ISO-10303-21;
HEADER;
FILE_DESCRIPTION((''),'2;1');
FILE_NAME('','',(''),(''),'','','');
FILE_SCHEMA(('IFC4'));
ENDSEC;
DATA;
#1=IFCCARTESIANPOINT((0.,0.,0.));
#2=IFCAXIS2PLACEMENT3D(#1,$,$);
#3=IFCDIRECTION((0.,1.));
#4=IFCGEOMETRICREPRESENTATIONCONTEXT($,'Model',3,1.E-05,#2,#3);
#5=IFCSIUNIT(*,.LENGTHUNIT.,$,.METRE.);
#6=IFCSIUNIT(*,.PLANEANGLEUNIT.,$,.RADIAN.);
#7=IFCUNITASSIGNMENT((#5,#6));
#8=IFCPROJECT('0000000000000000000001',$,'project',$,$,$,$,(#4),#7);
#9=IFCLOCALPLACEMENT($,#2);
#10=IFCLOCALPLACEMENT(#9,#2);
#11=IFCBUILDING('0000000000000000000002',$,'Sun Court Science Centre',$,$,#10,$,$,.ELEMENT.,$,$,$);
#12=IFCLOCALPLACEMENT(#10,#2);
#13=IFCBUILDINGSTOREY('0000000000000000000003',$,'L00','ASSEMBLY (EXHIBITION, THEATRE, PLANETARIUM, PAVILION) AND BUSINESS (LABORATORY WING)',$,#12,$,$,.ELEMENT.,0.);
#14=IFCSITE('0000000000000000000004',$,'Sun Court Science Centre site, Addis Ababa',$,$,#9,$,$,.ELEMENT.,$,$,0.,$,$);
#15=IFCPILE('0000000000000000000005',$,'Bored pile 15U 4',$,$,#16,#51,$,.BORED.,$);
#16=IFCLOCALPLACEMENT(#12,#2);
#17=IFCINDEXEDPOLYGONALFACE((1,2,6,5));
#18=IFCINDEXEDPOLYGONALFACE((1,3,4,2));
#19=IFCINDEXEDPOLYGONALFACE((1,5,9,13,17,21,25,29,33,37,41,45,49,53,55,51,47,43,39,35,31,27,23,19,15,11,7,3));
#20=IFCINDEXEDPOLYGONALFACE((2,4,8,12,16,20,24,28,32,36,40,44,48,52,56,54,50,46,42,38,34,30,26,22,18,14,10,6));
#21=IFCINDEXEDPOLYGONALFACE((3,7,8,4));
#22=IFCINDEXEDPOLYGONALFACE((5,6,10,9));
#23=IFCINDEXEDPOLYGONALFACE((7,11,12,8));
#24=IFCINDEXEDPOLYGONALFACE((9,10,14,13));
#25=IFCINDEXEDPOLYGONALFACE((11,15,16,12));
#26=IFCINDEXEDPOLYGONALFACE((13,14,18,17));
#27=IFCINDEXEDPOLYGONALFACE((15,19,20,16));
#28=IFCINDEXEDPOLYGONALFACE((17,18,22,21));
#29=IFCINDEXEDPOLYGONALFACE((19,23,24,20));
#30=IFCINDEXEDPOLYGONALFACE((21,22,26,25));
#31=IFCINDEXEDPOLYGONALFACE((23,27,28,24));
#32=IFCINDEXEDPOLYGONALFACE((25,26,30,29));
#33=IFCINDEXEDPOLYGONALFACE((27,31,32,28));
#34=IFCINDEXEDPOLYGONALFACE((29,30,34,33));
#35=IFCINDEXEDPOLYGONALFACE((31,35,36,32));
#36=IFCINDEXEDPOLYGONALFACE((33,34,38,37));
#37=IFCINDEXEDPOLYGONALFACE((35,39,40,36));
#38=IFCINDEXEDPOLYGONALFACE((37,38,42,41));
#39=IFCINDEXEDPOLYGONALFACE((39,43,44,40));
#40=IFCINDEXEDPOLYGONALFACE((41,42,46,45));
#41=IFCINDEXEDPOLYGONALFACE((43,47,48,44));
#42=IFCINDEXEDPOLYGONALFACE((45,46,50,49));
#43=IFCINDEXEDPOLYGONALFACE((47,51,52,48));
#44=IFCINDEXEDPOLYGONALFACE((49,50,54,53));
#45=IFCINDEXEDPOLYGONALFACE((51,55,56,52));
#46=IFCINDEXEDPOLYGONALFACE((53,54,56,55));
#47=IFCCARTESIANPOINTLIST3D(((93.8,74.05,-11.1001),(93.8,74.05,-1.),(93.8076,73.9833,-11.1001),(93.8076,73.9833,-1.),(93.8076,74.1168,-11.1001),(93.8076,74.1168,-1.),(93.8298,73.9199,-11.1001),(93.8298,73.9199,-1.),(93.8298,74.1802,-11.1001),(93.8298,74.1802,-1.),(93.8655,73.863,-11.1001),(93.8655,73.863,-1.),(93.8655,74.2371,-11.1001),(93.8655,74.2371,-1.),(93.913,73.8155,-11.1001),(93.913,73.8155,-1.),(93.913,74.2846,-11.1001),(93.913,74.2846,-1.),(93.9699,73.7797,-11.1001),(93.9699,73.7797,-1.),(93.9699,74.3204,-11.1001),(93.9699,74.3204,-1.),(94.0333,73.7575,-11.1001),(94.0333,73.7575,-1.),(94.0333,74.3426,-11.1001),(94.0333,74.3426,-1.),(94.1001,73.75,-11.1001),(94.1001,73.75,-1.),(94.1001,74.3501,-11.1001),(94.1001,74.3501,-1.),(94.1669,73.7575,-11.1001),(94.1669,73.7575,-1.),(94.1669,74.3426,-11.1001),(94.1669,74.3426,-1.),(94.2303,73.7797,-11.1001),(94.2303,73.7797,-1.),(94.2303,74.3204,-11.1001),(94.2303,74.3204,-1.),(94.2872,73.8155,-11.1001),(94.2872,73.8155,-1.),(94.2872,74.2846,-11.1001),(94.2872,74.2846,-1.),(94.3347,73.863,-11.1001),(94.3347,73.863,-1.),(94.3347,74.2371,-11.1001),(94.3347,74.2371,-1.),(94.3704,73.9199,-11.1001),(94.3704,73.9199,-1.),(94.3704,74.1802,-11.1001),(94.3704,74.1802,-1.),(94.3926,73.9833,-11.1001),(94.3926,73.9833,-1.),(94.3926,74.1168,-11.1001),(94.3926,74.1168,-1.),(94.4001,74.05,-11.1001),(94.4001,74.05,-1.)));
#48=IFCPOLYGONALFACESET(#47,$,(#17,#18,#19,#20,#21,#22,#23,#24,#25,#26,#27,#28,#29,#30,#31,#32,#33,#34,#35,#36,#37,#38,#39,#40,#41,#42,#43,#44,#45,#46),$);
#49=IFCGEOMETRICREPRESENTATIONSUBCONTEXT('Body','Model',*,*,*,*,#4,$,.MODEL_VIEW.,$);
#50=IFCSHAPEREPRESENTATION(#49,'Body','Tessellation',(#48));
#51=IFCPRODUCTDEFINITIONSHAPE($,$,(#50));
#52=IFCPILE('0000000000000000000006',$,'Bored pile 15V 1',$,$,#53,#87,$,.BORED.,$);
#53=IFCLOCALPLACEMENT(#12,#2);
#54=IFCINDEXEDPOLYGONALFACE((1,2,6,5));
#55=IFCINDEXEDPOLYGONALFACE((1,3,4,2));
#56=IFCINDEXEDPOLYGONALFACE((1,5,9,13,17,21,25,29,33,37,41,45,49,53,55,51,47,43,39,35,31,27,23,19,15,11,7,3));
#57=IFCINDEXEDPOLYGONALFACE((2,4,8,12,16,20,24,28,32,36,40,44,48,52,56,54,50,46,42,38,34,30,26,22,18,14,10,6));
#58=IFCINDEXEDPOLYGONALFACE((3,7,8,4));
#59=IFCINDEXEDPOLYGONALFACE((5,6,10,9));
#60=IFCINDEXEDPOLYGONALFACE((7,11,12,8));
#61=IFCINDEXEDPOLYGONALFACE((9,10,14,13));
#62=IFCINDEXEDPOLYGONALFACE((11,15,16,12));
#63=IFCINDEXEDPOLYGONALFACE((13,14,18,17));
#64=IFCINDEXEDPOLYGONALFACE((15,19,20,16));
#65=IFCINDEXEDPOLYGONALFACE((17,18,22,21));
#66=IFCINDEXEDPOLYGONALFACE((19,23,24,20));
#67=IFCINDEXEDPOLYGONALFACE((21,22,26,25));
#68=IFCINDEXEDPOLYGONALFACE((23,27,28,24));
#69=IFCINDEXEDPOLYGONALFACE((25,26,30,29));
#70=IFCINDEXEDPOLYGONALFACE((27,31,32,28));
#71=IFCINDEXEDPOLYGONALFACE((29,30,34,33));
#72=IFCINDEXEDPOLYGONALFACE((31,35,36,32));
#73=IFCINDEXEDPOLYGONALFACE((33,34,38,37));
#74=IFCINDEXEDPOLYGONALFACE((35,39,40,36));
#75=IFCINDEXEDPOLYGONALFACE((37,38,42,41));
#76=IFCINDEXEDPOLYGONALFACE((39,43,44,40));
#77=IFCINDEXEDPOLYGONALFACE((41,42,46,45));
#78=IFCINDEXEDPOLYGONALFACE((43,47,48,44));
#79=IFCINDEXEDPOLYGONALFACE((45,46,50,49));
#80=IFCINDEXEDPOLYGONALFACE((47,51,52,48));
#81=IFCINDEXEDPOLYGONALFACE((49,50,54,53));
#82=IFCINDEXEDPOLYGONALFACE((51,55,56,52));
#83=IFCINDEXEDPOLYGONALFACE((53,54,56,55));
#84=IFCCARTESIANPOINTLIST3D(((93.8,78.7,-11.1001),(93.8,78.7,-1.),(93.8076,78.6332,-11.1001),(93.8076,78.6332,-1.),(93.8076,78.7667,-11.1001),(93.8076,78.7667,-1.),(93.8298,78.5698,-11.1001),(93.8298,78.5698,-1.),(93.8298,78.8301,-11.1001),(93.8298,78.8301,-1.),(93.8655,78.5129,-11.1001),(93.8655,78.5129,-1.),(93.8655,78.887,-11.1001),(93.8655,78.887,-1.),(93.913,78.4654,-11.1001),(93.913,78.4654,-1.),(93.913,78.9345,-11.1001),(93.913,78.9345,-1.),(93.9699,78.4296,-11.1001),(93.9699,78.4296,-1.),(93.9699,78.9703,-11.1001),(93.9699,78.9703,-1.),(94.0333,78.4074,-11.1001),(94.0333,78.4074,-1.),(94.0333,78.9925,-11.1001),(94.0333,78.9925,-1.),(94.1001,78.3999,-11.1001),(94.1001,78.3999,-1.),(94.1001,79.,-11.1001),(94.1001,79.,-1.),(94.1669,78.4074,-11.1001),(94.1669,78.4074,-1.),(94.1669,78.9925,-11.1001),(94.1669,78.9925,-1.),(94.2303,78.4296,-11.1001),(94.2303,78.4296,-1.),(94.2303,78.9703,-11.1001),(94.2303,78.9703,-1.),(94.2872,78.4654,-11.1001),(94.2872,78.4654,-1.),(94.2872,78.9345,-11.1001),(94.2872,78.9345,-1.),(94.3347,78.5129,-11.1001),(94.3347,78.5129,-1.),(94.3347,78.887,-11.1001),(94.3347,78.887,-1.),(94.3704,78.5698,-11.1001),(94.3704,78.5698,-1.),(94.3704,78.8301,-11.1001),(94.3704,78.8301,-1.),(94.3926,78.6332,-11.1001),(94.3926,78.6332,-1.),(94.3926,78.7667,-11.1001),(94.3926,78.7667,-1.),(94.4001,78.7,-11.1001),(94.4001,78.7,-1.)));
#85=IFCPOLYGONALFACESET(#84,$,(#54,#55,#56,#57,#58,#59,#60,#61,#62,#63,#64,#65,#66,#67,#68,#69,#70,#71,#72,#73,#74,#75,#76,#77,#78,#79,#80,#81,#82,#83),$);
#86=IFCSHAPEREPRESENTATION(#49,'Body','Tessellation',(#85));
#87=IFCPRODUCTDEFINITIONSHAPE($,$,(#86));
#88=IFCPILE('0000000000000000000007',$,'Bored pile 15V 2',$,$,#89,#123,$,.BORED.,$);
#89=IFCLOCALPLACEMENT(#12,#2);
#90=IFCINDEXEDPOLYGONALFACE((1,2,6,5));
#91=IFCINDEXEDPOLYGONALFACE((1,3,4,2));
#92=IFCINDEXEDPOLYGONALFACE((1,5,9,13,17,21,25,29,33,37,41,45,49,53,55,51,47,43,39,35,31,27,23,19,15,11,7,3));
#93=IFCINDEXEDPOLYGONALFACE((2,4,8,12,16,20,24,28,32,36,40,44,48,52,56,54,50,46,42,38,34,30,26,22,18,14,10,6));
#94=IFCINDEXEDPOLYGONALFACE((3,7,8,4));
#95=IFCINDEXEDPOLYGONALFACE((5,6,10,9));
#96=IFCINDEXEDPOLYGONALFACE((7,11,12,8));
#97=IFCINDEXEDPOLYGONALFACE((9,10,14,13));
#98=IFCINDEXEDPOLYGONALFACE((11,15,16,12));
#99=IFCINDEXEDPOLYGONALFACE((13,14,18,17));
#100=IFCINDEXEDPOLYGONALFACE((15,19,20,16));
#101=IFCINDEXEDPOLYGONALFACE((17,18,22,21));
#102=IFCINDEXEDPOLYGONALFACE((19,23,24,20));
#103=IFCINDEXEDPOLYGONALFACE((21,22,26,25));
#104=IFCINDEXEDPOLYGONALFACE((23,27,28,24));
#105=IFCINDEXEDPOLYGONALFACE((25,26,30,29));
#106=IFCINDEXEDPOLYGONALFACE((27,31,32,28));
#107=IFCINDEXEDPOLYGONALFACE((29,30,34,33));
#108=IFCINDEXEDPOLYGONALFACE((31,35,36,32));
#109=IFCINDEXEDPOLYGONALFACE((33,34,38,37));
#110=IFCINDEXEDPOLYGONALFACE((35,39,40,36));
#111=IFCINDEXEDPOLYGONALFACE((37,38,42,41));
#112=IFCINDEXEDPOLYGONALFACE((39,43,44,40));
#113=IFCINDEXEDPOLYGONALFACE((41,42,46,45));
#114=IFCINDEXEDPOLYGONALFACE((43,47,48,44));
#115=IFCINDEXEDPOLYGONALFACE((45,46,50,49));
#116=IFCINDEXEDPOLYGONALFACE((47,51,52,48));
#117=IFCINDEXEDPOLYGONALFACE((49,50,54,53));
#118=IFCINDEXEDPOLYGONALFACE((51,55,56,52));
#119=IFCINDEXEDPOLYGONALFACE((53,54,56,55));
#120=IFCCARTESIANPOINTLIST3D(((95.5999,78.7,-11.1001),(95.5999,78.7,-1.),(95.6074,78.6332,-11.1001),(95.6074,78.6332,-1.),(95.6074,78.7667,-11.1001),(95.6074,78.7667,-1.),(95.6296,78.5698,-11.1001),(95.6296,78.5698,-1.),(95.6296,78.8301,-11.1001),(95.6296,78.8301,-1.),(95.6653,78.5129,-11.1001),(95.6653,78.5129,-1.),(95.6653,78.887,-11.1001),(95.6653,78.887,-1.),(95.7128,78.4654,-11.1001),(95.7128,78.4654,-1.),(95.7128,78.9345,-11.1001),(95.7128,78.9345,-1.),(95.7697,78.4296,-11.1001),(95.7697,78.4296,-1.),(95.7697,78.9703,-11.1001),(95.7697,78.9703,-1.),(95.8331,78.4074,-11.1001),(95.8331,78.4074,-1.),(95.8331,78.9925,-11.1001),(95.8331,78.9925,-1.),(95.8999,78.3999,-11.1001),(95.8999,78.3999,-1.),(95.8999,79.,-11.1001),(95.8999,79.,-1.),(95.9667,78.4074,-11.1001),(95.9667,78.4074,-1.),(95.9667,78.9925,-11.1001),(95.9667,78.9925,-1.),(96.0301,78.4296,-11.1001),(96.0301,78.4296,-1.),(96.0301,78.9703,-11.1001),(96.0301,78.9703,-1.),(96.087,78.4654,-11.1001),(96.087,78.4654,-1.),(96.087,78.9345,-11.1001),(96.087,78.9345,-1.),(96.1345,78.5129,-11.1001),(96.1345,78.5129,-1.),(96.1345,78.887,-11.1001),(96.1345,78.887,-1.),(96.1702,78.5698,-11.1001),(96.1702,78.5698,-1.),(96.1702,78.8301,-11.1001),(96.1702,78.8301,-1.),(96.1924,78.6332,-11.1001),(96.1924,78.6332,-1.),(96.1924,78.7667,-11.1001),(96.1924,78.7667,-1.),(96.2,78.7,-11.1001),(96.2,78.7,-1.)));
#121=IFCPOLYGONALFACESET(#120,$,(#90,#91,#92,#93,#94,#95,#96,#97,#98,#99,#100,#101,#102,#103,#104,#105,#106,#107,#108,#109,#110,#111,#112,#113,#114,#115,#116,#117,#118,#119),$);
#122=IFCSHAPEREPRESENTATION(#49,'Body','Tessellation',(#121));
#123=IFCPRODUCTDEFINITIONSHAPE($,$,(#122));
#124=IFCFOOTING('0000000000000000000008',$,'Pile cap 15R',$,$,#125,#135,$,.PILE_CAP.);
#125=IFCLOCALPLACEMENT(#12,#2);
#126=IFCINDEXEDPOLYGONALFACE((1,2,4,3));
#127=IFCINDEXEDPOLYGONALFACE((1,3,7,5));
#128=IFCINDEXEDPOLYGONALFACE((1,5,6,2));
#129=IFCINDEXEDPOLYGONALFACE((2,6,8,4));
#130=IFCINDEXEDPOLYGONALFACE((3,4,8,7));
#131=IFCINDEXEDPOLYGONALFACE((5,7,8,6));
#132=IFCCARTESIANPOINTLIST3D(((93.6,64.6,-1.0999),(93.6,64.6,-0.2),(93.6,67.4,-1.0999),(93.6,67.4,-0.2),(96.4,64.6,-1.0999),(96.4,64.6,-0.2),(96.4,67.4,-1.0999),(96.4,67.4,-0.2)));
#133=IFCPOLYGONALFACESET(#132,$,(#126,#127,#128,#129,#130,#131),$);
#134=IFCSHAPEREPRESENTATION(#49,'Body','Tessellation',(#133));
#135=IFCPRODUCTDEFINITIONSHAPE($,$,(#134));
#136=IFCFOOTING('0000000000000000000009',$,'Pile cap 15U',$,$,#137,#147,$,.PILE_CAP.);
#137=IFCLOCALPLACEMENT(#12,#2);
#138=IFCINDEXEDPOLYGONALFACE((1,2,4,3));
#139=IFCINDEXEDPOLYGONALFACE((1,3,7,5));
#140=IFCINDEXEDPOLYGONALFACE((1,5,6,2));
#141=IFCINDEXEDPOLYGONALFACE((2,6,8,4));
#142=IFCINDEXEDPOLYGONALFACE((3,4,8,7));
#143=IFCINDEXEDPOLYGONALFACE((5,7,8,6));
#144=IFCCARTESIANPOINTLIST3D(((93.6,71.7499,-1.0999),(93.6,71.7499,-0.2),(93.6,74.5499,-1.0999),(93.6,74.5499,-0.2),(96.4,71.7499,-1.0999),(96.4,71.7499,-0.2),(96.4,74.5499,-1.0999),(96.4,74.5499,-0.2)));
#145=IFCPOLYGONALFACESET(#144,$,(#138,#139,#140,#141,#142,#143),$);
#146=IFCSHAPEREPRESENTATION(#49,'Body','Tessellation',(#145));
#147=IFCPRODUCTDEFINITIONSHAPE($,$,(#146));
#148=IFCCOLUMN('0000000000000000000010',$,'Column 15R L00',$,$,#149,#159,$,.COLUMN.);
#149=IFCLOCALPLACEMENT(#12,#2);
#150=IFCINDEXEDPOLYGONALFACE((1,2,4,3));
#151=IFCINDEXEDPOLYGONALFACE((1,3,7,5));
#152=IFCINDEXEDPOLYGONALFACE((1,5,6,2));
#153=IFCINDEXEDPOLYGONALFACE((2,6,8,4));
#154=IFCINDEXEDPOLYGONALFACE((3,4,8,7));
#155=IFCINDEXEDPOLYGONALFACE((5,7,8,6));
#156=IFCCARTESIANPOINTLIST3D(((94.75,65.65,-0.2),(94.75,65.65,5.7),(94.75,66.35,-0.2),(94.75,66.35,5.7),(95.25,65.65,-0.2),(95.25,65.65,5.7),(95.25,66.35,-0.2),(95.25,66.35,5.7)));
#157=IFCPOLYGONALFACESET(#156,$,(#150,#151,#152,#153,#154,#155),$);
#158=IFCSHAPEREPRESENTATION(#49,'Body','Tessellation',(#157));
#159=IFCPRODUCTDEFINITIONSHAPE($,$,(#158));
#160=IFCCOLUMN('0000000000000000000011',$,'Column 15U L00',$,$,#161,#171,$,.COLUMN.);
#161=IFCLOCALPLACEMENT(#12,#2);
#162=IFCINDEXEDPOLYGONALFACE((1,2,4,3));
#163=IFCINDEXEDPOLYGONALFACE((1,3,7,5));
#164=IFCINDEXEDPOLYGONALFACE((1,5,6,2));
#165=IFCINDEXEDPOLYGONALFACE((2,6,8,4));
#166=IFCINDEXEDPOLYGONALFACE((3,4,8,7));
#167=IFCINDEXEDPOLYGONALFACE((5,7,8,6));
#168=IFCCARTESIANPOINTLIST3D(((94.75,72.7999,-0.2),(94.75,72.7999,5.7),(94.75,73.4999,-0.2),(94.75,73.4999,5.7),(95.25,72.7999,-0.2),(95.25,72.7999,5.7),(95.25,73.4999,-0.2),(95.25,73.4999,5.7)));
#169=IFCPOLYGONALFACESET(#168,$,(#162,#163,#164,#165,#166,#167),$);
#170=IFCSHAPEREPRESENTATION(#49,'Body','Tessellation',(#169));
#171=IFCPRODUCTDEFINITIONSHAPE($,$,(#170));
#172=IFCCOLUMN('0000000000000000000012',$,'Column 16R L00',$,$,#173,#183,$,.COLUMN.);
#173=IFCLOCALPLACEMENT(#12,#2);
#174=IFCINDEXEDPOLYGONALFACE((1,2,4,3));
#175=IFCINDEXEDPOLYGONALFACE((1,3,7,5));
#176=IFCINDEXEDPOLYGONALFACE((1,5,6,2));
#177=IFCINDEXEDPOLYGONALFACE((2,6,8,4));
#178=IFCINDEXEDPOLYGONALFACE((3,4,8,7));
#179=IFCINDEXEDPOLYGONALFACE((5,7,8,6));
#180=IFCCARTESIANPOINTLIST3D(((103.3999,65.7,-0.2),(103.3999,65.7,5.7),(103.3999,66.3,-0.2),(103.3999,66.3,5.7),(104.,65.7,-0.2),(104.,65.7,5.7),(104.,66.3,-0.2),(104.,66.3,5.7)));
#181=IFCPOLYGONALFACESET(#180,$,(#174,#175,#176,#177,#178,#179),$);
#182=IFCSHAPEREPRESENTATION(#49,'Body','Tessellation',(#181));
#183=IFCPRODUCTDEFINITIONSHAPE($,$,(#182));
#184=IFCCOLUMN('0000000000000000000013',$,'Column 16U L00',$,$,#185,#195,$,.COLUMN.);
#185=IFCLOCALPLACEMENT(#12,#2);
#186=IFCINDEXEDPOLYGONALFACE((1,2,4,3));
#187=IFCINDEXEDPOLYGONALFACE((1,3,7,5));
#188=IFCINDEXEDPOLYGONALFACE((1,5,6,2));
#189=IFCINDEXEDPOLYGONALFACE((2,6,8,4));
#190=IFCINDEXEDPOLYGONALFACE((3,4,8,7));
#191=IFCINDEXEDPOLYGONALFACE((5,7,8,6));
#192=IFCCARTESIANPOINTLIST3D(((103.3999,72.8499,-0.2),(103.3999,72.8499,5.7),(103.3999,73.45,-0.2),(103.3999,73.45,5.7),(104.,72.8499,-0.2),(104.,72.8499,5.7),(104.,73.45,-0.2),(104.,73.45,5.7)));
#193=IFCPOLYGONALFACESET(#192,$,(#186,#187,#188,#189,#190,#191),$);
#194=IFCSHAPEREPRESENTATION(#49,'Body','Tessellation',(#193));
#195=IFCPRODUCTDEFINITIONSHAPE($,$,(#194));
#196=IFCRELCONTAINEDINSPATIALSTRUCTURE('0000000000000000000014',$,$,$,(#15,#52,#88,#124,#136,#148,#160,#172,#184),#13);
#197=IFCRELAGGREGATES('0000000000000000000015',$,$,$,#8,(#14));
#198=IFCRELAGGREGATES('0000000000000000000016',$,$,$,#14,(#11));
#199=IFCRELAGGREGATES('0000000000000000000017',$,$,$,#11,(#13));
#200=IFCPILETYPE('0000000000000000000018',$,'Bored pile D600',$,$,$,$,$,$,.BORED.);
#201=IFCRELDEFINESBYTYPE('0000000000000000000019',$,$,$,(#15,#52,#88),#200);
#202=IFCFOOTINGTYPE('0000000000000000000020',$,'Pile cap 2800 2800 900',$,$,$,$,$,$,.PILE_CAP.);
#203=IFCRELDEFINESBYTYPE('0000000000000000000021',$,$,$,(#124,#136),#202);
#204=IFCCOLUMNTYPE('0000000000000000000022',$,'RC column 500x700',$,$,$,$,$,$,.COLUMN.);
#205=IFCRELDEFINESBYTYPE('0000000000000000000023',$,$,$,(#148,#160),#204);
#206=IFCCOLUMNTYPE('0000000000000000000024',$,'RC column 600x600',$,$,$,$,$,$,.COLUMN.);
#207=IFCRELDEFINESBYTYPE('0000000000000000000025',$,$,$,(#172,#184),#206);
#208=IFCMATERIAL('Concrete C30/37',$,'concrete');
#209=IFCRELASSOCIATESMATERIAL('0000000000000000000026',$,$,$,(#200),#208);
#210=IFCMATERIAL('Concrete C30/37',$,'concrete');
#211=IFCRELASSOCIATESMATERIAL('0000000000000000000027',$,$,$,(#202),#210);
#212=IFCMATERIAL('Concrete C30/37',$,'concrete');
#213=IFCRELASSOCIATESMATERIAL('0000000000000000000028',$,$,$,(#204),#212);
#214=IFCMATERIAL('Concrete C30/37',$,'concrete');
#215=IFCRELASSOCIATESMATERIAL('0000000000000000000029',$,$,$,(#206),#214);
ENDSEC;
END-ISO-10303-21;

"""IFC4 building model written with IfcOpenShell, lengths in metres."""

from ifc_helpers import new_model, si_unit, direction, frame, origin, origin_2d, place, context, subcontext, project, spatial, rectangle, circle, extrude, material, material_profile, profile_set, type_object, element, save


model = new_model("IFC4")

# Units and contexts
model_context = context("Model", 3, precision=1e-05, world=origin(), true_north=direction((0.0, 1.0)))
body_context = subcontext(model_context, "Body", "Model", "MODEL_VIEW")
ifc_project = project(units=[si_unit("LENGTHUNIT", "METRE"), si_unit("PLANEANGLEUNIT", "RADIAN")], contexts=[model_context])

# Site, building, storey
site_placement = place(None, origin())
site = spatial("IfcSite", under=ifc_project, at=site_placement, Name="Sun Court Science Centre site, Addis Ababa", CompositionType="ELEMENT", RefElevation=0.0)
building_placement = place(site_placement, origin())
building = spatial("IfcBuilding", under=site, at=building_placement, Name="Sun Court Science Centre", CompositionType="ELEMENT")
storey_placement = place(building_placement, origin())
storey = spatial("IfcBuildingStorey", under=building, at=storey_placement, Name="L00", Description="ASSEMBLY (EXHIBITION, THEATRE, PLANETARIUM, PAVILION) AND BUSINESS (LABORATORY WING)", CompositionType="ELEMENT", Elevation=0.0)

# Piles
ifc_material_1 = material(Name="Concrete C30/37", Category="concrete")
ifc_material_profile_1 = material_profile(ifc_material_1, circle(Radius=0.3, at=origin_2d()), Name="RC D600")
ifc_profile_set_1 = profile_set([ifc_material_profile_1], Name="Concrete C30/37")
pile_type = type_object("IfcPileType", Name="Bored pile D600", PredefinedType="BORED", material=ifc_profile_set_1)
for number, where, z_axis, x_axis, name in (
    (1, (94.1001, 74.05, -1.0), (0.0, 0.0, -1.0), (1.0, 0.0, 0.0), "Bored pile 15U 4"),
    (2, (94.1001, 78.7, -1.0), (0.0, 0.0, -1.0), (1.0, 0.0, 0.0), "Bored pile 15V 1"),
    (3, (95.8999, 78.7, -1.0), (0.0, 0.0, -1.0), (1.0, 0.0, 0.0), "Bored pile 15V 2"),
):
    element("IfcPile", number, at=place(storey_placement, frame(where, z_axis=z_axis, x_axis=x_axis)), inside=storey, type_object=pile_type, Name=name, PredefinedType="BORED", context=body_context, shape_type="SweptSolid", body=[
        extrude(circle(Radius=0.3, at=origin_2d()), origin(), (0.0, 0.0, 1.0), 10.1001),
    ])

# Footings
ifc_material_2 = material(Name="Concrete C30/37", Category="concrete")
footing_type = type_object("IfcFootingType", Name="Pile cap 2800 2800 900", PredefinedType="PILE_CAP", material=ifc_material_2)
for number, where, z_axis, x_axis, name in (
    (4, (95.0, 66.0, -1.0999), (0.0, 0.0, 1.0), (1.0, 0.0, 0.0), "Pile cap 15R"),
    (5, (95.0, 73.1499, -1.0999), (0.0, 0.0, 1.0), (1.0, 0.0, 0.0), "Pile cap 15U"),
):
    element("IfcFooting", number, at=place(storey_placement, frame(where, z_axis=z_axis, x_axis=x_axis)), inside=storey, type_object=footing_type, Name=name, PredefinedType="PILE_CAP", context=body_context, shape_type="SweptSolid", body=[
        extrude(rectangle(XDim=2.8, YDim=2.8, at=origin_2d()), origin(), (0.0, 0.0, 1.0), 0.8999),
    ])

# Columns
ifc_material_3 = material(Name="Concrete C30/37", Category="concrete")
ifc_material_profile_2 = material_profile(ifc_material_3, rectangle(XDim=0.5, YDim=0.7, at=origin_2d()), Name="RC 500x700")
ifc_profile_set_2 = profile_set([ifc_material_profile_2], Name="Concrete C30/37")
column_type_1 = type_object("IfcColumnType", Name="RC column 500x700", PredefinedType="COLUMN", material=ifc_profile_set_2)
for number, where, z_axis, x_axis, name in (
    (6, (95.0, 66.0, -0.2), (0.0, 0.0, 1.0), (1.0, 0.0, 0.0), "Column 15R L00"),
    (7, (95.0, 73.1499, -0.2), (0.0, 0.0, 1.0), (1.0, 0.0, 0.0), "Column 15U L00"),
):
    element("IfcColumn", number, at=place(storey_placement, frame(where, z_axis=z_axis, x_axis=x_axis)), inside=storey, type_object=column_type_1, Name=name, PredefinedType="COLUMN", context=body_context, shape_type="SweptSolid", body=[
        extrude(rectangle(XDim=0.5, YDim=0.7, at=origin_2d()), origin(), (0.0, 0.0, 1.0), 5.8999),
    ])
ifc_material_4 = material(Name="Concrete C30/37", Category="concrete")
ifc_material_profile_3 = material_profile(ifc_material_4, rectangle(XDim=0.6001, YDim=0.6001, at=origin_2d()), Name="RC 600x600")
ifc_profile_set_3 = profile_set([ifc_material_profile_3], Name="Concrete C30/37")
column_type_2 = type_object("IfcColumnType", Name="RC column 600x600", PredefinedType="COLUMN", material=ifc_profile_set_3)
for number, where, z_axis, x_axis, name in (
    (8, (103.7, 66.0, -0.2), (0.0, 0.0, 1.0), (1.0, 0.0, 0.0), "Column 16R L00"),
    (9, (103.7, 73.1499, -0.2), (0.0, 0.0, 1.0), (1.0, 0.0, 0.0), "Column 16U L00"),
):
    element("IfcColumn", number, at=place(storey_placement, frame(where, z_axis=z_axis, x_axis=x_axis)), inside=storey, type_object=column_type_2, Name=name, PredefinedType="COLUMN", context=body_context, shape_type="SweptSolid", body=[
        extrude(rectangle(XDim=0.6001, YDim=0.6001, at=origin_2d()), origin(), (0.0, 0.0, 1.0), 5.8999),
    ])

save(model, "model.ifc")
